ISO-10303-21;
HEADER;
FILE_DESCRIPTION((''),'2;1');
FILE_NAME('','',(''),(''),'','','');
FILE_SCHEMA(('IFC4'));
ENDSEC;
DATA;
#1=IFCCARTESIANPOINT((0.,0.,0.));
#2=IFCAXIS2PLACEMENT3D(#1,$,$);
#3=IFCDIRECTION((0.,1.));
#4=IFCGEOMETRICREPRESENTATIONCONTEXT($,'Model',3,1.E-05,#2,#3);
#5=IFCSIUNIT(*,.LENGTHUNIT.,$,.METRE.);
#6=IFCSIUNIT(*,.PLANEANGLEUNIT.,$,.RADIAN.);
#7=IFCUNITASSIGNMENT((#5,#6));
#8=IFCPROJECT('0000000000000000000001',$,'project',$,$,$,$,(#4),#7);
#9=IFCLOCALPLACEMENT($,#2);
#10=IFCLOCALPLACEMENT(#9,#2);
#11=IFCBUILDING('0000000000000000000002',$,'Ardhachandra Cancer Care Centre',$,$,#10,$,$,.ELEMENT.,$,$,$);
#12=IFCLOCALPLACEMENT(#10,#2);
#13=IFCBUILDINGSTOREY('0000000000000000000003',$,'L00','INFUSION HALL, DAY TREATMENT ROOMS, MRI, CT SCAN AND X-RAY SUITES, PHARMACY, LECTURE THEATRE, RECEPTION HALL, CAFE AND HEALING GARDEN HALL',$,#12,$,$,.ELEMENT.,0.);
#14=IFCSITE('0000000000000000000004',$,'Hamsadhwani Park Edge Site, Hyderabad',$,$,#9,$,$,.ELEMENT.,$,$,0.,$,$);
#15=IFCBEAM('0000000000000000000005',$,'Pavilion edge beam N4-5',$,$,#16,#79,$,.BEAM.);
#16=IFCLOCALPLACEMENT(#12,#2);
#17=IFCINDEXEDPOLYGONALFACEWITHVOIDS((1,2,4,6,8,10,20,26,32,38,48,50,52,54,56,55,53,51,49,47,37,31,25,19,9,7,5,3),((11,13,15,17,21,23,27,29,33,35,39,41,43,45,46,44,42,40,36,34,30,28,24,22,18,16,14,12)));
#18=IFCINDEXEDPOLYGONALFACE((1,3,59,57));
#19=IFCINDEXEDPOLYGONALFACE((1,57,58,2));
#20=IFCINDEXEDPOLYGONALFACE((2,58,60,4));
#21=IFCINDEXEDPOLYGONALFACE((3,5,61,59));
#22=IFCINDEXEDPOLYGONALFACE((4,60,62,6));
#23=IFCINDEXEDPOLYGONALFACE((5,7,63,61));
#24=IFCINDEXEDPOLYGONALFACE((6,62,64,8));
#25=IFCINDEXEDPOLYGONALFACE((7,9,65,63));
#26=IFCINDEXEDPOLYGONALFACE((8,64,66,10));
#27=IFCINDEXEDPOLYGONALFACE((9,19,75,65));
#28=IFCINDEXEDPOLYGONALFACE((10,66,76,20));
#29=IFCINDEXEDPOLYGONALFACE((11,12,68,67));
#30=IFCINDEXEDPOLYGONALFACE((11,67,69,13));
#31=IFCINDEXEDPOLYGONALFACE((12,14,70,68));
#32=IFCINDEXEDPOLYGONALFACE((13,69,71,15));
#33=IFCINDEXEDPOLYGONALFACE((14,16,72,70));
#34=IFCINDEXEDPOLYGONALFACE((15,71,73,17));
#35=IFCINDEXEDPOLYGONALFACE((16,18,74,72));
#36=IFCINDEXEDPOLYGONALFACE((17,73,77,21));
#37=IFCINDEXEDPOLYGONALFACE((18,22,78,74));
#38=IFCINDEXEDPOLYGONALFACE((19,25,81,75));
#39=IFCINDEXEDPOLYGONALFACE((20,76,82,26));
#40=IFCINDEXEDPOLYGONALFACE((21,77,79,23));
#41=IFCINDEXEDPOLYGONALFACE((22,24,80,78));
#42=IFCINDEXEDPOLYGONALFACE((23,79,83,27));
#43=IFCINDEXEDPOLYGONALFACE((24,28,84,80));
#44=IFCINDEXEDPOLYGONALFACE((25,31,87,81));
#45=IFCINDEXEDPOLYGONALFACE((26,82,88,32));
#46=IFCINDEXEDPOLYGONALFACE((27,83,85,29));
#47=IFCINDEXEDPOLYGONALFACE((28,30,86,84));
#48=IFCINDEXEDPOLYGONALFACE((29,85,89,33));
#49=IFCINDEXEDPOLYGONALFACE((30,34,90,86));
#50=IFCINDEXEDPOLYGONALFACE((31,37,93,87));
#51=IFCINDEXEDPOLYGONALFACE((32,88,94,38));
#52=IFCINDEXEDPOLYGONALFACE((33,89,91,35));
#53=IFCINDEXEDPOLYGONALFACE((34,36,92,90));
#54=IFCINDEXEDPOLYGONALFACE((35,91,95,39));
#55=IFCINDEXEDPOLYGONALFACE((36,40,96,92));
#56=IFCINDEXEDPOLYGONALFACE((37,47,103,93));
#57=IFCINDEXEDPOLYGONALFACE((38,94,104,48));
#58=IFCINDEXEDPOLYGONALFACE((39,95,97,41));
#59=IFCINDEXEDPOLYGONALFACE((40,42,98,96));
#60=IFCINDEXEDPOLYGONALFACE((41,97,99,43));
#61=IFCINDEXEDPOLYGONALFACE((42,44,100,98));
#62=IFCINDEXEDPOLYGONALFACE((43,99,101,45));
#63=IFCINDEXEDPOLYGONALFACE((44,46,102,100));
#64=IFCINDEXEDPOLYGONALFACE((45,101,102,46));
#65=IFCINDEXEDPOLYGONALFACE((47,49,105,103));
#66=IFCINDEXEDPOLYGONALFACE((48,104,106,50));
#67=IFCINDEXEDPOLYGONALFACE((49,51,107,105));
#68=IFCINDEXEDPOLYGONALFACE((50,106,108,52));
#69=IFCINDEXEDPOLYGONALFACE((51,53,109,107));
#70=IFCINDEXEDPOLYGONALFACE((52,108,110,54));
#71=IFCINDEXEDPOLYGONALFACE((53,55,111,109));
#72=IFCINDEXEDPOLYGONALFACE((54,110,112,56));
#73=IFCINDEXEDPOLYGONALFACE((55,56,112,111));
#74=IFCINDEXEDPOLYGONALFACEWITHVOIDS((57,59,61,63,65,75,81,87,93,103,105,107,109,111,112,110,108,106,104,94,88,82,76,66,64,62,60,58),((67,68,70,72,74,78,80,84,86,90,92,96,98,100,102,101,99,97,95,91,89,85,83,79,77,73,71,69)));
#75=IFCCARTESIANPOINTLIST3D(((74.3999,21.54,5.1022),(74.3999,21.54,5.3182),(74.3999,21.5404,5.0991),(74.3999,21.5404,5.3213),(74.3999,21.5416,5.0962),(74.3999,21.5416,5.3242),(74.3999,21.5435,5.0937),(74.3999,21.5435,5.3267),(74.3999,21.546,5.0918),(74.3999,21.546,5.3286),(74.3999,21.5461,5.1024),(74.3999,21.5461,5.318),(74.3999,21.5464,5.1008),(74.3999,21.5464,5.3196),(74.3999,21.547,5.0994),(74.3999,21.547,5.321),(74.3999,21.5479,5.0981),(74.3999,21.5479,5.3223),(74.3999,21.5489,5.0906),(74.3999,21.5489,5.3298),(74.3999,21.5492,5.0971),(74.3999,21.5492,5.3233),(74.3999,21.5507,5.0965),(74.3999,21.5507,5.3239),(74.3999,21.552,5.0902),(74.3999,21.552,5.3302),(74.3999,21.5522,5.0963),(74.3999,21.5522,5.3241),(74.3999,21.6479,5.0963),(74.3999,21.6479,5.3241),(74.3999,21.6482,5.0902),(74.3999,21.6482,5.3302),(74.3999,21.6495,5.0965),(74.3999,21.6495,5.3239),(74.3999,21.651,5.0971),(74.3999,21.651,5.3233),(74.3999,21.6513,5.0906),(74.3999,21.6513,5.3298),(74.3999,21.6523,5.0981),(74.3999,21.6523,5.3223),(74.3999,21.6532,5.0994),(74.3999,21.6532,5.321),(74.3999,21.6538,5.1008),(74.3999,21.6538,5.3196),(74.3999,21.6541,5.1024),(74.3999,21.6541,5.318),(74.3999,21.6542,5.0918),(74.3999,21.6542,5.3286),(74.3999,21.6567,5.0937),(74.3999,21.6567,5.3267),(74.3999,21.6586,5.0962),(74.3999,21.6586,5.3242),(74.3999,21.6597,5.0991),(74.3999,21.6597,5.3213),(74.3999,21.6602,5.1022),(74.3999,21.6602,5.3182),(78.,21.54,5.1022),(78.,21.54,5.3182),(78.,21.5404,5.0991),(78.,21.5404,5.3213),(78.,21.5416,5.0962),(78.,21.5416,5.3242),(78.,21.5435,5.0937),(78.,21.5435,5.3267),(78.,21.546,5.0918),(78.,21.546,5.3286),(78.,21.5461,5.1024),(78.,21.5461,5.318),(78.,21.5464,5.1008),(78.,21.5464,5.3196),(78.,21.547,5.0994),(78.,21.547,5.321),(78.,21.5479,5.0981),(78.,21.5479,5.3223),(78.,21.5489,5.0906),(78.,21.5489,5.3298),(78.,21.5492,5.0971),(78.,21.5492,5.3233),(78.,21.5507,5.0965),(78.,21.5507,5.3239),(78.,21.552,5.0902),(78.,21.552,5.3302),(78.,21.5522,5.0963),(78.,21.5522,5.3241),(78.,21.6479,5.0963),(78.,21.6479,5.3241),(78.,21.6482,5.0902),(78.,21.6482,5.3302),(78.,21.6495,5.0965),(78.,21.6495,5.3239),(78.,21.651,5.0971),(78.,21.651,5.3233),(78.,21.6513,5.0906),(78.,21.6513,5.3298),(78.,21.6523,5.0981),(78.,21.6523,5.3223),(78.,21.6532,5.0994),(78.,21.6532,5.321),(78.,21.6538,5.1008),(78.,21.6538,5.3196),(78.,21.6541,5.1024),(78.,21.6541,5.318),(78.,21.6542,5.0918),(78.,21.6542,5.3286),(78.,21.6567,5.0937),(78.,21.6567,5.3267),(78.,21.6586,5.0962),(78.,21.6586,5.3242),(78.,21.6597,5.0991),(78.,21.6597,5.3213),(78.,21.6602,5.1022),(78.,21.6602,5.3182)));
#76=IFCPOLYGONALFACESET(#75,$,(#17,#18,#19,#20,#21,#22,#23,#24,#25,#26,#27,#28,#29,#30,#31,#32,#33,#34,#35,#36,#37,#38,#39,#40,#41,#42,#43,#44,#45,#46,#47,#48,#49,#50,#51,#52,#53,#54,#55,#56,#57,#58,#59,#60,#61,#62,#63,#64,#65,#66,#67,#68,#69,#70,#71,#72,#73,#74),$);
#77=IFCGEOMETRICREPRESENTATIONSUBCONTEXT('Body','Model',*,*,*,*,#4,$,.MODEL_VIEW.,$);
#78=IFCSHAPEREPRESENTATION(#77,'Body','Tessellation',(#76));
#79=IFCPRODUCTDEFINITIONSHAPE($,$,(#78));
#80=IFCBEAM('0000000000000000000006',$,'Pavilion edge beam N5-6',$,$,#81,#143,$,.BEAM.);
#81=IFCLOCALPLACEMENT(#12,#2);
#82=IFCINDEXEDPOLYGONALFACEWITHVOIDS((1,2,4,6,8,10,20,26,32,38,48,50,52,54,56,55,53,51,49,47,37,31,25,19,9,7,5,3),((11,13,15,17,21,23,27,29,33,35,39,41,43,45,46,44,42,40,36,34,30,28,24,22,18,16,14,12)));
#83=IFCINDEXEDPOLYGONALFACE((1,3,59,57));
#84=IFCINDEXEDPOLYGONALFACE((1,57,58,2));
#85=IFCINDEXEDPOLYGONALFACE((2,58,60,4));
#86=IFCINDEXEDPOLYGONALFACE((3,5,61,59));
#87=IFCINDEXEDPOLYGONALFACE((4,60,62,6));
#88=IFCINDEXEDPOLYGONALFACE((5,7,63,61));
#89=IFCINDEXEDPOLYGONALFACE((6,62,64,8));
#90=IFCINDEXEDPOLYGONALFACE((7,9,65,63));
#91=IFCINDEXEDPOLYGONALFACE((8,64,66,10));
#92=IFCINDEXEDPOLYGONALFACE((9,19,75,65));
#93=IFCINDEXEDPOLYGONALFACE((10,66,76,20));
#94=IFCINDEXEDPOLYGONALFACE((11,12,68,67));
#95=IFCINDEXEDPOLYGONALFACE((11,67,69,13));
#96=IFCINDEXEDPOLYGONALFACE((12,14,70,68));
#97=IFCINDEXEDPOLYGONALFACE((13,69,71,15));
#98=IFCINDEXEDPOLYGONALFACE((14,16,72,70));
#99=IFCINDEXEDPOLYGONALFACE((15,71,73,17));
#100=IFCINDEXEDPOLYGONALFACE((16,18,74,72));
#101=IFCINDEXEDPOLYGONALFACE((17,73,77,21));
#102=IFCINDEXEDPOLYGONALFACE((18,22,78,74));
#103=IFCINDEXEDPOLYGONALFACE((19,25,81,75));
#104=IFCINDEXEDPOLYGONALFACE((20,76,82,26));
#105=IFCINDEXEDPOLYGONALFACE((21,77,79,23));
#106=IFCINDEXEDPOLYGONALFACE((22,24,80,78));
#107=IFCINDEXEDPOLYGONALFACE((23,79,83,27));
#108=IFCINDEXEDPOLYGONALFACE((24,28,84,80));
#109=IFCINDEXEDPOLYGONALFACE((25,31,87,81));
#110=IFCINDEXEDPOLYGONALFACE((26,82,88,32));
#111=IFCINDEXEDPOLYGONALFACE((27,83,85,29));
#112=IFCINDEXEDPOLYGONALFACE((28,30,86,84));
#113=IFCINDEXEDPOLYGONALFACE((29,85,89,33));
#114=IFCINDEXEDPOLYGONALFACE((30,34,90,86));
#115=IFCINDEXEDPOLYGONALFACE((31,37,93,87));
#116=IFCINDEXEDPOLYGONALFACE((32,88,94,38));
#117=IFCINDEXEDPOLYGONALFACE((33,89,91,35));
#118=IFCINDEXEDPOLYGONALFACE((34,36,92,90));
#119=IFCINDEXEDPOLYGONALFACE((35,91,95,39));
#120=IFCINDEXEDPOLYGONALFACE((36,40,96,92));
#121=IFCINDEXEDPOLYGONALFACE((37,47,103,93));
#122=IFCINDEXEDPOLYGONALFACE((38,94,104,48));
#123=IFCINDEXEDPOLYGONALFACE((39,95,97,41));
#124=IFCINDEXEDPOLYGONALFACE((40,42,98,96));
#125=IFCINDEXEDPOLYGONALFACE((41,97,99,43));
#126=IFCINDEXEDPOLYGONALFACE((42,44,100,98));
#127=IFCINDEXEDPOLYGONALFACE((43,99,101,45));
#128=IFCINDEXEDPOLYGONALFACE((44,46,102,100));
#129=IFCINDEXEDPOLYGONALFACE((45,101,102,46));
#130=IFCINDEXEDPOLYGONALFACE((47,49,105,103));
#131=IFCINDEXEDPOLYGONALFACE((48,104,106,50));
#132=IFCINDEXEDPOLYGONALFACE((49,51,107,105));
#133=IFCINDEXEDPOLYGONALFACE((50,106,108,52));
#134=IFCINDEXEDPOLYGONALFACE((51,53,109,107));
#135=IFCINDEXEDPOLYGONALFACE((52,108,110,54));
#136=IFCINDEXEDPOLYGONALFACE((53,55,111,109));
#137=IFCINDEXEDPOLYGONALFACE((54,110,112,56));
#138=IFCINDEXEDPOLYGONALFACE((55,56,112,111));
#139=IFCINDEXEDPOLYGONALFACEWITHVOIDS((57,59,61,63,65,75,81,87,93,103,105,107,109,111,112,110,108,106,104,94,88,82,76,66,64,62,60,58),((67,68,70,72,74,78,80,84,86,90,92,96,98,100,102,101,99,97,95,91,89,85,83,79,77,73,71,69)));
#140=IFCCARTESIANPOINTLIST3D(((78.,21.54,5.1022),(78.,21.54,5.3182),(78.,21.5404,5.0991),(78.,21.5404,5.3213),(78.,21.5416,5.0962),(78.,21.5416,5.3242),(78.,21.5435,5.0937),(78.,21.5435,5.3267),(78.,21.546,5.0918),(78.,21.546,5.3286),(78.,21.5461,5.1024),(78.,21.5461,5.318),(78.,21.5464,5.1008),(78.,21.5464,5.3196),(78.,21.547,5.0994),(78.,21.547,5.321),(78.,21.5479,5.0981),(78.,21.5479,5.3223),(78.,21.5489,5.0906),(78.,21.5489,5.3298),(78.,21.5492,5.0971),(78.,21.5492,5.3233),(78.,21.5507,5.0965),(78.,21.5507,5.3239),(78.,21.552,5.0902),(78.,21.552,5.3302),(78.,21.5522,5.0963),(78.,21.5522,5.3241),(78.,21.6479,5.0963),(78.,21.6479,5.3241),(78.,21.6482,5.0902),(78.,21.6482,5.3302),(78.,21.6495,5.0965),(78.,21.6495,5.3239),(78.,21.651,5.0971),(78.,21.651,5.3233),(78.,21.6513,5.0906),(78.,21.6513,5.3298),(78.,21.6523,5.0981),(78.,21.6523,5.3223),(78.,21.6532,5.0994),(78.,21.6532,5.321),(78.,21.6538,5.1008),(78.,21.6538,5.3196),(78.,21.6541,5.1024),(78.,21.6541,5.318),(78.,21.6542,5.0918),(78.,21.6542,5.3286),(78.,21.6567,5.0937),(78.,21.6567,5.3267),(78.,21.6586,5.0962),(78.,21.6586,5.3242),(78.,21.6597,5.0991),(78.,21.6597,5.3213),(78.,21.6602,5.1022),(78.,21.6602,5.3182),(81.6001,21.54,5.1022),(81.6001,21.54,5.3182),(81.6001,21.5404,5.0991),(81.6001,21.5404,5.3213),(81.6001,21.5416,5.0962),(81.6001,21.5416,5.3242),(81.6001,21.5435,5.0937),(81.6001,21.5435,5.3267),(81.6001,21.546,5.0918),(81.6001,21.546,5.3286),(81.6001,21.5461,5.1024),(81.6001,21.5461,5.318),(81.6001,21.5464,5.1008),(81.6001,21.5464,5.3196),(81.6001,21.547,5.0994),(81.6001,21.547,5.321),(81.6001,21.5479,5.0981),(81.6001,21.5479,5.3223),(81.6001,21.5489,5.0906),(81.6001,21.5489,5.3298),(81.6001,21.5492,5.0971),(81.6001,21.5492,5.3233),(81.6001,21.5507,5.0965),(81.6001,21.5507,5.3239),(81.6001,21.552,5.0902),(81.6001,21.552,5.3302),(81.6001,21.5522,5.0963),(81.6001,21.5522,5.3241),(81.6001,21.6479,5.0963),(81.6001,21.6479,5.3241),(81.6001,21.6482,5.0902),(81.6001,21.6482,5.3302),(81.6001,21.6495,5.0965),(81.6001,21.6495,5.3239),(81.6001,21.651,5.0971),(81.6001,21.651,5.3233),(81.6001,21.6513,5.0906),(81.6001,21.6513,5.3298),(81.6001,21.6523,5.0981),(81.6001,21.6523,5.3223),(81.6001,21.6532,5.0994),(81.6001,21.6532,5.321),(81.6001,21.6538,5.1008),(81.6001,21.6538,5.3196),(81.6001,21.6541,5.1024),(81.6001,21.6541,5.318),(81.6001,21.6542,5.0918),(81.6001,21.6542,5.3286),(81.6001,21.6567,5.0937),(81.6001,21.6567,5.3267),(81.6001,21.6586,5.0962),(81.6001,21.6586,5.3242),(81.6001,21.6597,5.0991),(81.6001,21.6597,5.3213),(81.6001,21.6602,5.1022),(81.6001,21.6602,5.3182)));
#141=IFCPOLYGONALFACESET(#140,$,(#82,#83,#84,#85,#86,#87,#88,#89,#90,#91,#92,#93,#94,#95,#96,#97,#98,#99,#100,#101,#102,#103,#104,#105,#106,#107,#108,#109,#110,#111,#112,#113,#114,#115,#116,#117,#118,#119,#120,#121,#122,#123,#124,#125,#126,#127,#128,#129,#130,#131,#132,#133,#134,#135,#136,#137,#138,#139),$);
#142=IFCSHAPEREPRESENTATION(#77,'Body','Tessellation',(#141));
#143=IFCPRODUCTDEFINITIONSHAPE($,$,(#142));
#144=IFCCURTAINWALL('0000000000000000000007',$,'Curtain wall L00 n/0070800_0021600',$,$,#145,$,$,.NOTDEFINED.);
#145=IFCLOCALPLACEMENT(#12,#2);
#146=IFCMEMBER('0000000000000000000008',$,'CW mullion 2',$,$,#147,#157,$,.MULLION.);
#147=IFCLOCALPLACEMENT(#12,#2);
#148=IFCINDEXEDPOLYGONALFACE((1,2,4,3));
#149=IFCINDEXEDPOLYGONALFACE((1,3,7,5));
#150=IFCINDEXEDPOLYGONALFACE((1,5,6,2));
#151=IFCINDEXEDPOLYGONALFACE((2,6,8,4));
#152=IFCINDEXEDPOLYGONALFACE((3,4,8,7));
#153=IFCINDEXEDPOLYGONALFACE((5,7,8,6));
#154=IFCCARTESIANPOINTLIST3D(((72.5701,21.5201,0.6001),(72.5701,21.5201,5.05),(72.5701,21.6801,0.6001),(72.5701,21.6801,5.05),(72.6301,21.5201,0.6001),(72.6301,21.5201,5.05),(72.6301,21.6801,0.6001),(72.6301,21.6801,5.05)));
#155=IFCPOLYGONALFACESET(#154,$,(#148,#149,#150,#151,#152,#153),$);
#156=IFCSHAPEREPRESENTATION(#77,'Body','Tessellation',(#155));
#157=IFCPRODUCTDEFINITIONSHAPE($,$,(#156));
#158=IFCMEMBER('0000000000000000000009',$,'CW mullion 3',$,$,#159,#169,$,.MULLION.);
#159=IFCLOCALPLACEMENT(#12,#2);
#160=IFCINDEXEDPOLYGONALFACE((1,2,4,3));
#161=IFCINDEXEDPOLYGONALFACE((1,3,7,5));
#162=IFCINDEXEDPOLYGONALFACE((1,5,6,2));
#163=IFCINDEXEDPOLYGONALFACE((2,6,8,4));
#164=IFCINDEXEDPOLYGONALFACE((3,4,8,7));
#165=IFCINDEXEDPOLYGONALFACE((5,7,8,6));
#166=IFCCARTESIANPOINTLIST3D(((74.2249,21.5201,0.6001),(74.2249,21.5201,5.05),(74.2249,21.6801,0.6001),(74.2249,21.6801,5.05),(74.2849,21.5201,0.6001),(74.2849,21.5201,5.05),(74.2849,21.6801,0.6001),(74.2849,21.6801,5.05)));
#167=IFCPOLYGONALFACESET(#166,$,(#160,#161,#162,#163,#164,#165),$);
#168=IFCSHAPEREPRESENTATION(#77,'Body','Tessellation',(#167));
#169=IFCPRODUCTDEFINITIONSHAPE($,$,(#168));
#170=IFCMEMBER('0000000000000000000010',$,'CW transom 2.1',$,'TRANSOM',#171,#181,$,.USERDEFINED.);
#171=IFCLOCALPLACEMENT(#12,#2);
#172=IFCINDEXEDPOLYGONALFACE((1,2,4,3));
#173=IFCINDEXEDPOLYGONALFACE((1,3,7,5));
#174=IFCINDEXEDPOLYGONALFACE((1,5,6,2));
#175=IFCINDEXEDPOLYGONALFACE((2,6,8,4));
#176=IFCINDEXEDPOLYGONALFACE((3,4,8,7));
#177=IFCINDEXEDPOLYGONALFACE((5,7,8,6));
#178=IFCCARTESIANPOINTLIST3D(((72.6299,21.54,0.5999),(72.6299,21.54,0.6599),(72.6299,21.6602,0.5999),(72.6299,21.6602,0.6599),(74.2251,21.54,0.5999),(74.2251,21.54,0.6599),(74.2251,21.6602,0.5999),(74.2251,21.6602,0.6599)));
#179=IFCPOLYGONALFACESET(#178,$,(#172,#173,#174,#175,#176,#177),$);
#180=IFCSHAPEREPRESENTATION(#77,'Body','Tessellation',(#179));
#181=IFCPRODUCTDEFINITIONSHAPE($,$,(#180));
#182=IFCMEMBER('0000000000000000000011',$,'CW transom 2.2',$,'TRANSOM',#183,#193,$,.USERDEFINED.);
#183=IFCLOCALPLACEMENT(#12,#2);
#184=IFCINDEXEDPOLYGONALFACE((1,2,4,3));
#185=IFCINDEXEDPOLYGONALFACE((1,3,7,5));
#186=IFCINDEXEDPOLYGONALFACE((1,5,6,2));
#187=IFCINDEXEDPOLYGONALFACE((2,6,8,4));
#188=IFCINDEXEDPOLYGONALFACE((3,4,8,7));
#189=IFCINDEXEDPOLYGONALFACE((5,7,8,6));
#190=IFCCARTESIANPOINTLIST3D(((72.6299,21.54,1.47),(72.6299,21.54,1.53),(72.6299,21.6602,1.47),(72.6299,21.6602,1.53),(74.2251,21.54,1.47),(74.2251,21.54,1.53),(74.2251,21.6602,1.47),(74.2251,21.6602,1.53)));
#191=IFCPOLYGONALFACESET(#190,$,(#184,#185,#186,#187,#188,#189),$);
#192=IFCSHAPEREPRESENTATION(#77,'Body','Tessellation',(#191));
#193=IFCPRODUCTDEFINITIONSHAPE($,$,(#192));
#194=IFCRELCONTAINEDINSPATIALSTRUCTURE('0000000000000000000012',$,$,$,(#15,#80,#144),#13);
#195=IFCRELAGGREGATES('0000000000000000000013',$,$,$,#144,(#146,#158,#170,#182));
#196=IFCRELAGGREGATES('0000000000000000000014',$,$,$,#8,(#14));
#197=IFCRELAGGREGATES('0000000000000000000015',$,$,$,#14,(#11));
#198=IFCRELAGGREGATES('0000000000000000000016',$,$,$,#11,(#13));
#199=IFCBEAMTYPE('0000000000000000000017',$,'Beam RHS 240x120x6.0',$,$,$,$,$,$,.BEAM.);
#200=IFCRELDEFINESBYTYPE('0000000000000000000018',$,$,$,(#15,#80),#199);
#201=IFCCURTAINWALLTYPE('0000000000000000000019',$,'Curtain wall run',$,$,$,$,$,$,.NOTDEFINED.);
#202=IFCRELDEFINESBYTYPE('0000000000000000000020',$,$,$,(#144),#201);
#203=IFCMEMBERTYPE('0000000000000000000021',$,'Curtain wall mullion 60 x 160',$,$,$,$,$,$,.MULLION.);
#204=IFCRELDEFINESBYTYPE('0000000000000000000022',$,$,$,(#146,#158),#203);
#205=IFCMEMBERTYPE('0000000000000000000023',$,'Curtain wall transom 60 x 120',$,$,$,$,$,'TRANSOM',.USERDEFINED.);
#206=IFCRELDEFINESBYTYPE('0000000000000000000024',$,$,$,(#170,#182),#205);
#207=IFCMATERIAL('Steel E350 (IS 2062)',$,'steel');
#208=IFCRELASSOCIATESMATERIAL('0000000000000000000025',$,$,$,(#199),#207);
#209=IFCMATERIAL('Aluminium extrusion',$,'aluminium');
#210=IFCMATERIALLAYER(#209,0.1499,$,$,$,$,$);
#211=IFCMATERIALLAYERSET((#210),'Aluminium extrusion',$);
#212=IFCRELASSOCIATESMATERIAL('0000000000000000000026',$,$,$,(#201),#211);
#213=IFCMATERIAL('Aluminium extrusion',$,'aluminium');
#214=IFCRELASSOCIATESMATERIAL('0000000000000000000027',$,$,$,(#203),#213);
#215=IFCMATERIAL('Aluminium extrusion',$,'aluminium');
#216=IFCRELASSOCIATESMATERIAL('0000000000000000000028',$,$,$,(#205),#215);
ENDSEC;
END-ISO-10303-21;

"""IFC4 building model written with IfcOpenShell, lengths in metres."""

from ifc_helpers import new_model, si_unit, direction, frame, origin, origin_2d, place, context, subcontext, project, spatial, rectangle, hollow_rectangle, extrude, material, layer, layer_set, material_profile, profile_set, type_object, element, aggregate, save


model = new_model("IFC4")

# Units and contexts
model_context = context("Model", 3, precision=1e-05, world=origin(), true_north=direction((0.0, 1.0)))
body_context = subcontext(model_context, "Body", "Model", "MODEL_VIEW")
ifc_project = project(units=[si_unit("LENGTHUNIT", "METRE"), si_unit("PLANEANGLEUNIT", "RADIAN")], contexts=[model_context])

# Site, building, storey
site_placement = place(None, origin())
site = spatial("IfcSite", under=ifc_project, at=site_placement, Name="Hamsadhwani Park Edge Site, Hyderabad", CompositionType="ELEMENT", RefElevation=0.0)
building_placement = place(site_placement, origin())
building = spatial("IfcBuilding", under=site, at=building_placement, Name="Ardhachandra Cancer Care Centre", CompositionType="ELEMENT")
storey_placement = place(building_placement, origin())
storey = spatial("IfcBuildingStorey", under=building, at=storey_placement, Name="L00", Description="INFUSION HALL, DAY TREATMENT ROOMS, MRI, CT SCAN AND X-RAY SUITES, PHARMACY, LECTURE THEATRE, RECEPTION HALL, CAFE AND HEALING GARDEN HALL", CompositionType="ELEMENT", Elevation=0.0)

# Beams
ifc_material_1 = material(Name="Steel E350 (IS 2062)", Category="steel")
ifc_material_profile_1 = material_profile(ifc_material_1, hollow_rectangle(XDim=0.1201, YDim=0.24, WallThickness=0.0061, InnerFilletRadius=0.0061, OuterFilletRadius=0.012, at=origin_2d()), Name="RHS 240x120x6.0")
ifc_profile_set_1 = profile_set([ifc_material_profile_1], Name="Steel E350 (IS 2062)")
beam_type = type_object("IfcBeamType", Name="Beam RHS 240x120x6.0", PredefinedType="BEAM", material=ifc_profile_set_1)
for number, where, z_axis, x_axis, name in (
    (1, (74.3999, 21.6001, 5.2102), (1.0, 0.0, 0.0), (0.0, 1.0, 0.0), "Pavilion edge beam N4-5"),
    (2, (78.0, 21.6001, 5.2102), (1.0, 0.0, 0.0), (0.0, 1.0, 0.0), "Pavilion edge beam N5-6"),
):
    element("IfcBeam", number, at=place(storey_placement, frame(where, z_axis=z_axis, x_axis=x_axis)), inside=storey, type_object=beam_type, Name=name, PredefinedType="BEAM", context=body_context, shape_type="SweptSolid", body=[
        extrude(hollow_rectangle(XDim=0.1201, YDim=0.24, WallThickness=0.0061, InnerFilletRadius=0.0061, OuterFilletRadius=0.012, at=origin_2d()), origin(), (0.0, 0.0, 1.0), 3.6001),
    ])

# Curtain wall, members
ifc_material_2 = material(Name="Aluminium extrusion", Category="aluminium")
ifc_layer_1 = layer(ifc_material_2, 0.1499)
ifc_layer_set_1 = layer_set([ifc_layer_1], Name="Aluminium extrusion")
curtain_wall_type = type_object("IfcCurtainWallType", Name="Curtain wall run", PredefinedType="NOTDEFINED", material=ifc_layer_set_1)
curtain_wall_placement = place(storey_placement, origin())
curtain_wall = element("IfcCurtainWall", 3, at=curtain_wall_placement, inside=storey, type_object=curtain_wall_type, Name="Curtain wall L00 n/0070800_0021600", PredefinedType="NOTDEFINED")
ifc_material_3 = material(Name="Aluminium extrusion", Category="aluminium")
ifc_material_profile_2 = material_profile(ifc_material_3, rectangle(XDim=0.1599, YDim=0.0601, at=origin_2d()), Name="Curtain wall mullion 60 x 160")
ifc_profile_set_2 = profile_set([ifc_material_profile_2], Name="Aluminium extrusion")
member_type_1 = type_object("IfcMemberType", Name="Curtain wall mullion 60 x 160", PredefinedType="MULLION", material=ifc_profile_set_2)
member_1_placement = place(storey_placement, frame((72.6001, 21.6001, 0.6001), z_axis=(0.0, 0.0, 1.0), x_axis=(0.0, 1.0, 0.0)))
member_1 = element("IfcMember", 4, at=member_1_placement, type_object=member_type_1, Name="CW mullion 2", PredefinedType="MULLION", context=body_context, shape_type="SweptSolid", body=[
    extrude(rectangle(XDim=0.1599, YDim=0.0601, at=origin_2d()), origin(), (0.0, 0.0, 1.0), 4.45),
])
member_2_placement = place(storey_placement, frame((74.2549, 21.6001, 0.6001), z_axis=(0.0, 0.0, 1.0), x_axis=(0.0, 1.0, 0.0)))
member_2 = element("IfcMember", 5, at=member_2_placement, type_object=member_type_1, Name="CW mullion 3", PredefinedType="MULLION", context=body_context, shape_type="SweptSolid", body=[
    extrude(rectangle(XDim=0.1599, YDim=0.0601, at=origin_2d()), origin(), (0.0, 0.0, 1.0), 4.45),
])
ifc_material_4 = material(Name="Aluminium extrusion", Category="aluminium")
ifc_material_profile_3 = material_profile(ifc_material_4, rectangle(XDim=0.1201, YDim=0.0601, at=origin_2d()), Name="Curtain wall transom 60 x 120")
ifc_profile_set_3 = profile_set([ifc_material_profile_3], Name="Aluminium extrusion")
member_type_2 = type_object("IfcMemberType", Name="Curtain wall transom 60 x 120", ElementType="TRANSOM", PredefinedType="USERDEFINED", material=ifc_profile_set_3)
member_3_placement = place(storey_placement, frame((72.6299, 21.6001, 0.6299), z_axis=(1.0, 0.0, 0.0), x_axis=(0.0, 1.0, 0.0)))
member_3 = element("IfcMember", 6, at=member_3_placement, type_object=member_type_2, Name="CW transom 2.1", ObjectType="TRANSOM", PredefinedType="USERDEFINED", context=body_context, shape_type="SweptSolid", body=[
    extrude(rectangle(XDim=0.1201, YDim=0.0601, at=origin_2d()), origin(), (0.0, 0.0, 1.0), 1.5952),
])
member_4_placement = place(storey_placement, frame((72.6299, 21.6001, 1.5), z_axis=(1.0, 0.0, 0.0), x_axis=(0.0, 1.0, 0.0)))
member_4 = element("IfcMember", 7, at=member_4_placement, type_object=member_type_2, Name="CW transom 2.2", ObjectType="TRANSOM", PredefinedType="USERDEFINED", context=body_context, shape_type="SweptSolid", body=[
    extrude(rectangle(XDim=0.1201, YDim=0.0601, at=origin_2d()), origin(), (0.0, 0.0, 1.0), 1.5952),
])

aggregate(curtain_wall, [member_1, member_2, member_3, member_4])

save(model, "model.ifc")
